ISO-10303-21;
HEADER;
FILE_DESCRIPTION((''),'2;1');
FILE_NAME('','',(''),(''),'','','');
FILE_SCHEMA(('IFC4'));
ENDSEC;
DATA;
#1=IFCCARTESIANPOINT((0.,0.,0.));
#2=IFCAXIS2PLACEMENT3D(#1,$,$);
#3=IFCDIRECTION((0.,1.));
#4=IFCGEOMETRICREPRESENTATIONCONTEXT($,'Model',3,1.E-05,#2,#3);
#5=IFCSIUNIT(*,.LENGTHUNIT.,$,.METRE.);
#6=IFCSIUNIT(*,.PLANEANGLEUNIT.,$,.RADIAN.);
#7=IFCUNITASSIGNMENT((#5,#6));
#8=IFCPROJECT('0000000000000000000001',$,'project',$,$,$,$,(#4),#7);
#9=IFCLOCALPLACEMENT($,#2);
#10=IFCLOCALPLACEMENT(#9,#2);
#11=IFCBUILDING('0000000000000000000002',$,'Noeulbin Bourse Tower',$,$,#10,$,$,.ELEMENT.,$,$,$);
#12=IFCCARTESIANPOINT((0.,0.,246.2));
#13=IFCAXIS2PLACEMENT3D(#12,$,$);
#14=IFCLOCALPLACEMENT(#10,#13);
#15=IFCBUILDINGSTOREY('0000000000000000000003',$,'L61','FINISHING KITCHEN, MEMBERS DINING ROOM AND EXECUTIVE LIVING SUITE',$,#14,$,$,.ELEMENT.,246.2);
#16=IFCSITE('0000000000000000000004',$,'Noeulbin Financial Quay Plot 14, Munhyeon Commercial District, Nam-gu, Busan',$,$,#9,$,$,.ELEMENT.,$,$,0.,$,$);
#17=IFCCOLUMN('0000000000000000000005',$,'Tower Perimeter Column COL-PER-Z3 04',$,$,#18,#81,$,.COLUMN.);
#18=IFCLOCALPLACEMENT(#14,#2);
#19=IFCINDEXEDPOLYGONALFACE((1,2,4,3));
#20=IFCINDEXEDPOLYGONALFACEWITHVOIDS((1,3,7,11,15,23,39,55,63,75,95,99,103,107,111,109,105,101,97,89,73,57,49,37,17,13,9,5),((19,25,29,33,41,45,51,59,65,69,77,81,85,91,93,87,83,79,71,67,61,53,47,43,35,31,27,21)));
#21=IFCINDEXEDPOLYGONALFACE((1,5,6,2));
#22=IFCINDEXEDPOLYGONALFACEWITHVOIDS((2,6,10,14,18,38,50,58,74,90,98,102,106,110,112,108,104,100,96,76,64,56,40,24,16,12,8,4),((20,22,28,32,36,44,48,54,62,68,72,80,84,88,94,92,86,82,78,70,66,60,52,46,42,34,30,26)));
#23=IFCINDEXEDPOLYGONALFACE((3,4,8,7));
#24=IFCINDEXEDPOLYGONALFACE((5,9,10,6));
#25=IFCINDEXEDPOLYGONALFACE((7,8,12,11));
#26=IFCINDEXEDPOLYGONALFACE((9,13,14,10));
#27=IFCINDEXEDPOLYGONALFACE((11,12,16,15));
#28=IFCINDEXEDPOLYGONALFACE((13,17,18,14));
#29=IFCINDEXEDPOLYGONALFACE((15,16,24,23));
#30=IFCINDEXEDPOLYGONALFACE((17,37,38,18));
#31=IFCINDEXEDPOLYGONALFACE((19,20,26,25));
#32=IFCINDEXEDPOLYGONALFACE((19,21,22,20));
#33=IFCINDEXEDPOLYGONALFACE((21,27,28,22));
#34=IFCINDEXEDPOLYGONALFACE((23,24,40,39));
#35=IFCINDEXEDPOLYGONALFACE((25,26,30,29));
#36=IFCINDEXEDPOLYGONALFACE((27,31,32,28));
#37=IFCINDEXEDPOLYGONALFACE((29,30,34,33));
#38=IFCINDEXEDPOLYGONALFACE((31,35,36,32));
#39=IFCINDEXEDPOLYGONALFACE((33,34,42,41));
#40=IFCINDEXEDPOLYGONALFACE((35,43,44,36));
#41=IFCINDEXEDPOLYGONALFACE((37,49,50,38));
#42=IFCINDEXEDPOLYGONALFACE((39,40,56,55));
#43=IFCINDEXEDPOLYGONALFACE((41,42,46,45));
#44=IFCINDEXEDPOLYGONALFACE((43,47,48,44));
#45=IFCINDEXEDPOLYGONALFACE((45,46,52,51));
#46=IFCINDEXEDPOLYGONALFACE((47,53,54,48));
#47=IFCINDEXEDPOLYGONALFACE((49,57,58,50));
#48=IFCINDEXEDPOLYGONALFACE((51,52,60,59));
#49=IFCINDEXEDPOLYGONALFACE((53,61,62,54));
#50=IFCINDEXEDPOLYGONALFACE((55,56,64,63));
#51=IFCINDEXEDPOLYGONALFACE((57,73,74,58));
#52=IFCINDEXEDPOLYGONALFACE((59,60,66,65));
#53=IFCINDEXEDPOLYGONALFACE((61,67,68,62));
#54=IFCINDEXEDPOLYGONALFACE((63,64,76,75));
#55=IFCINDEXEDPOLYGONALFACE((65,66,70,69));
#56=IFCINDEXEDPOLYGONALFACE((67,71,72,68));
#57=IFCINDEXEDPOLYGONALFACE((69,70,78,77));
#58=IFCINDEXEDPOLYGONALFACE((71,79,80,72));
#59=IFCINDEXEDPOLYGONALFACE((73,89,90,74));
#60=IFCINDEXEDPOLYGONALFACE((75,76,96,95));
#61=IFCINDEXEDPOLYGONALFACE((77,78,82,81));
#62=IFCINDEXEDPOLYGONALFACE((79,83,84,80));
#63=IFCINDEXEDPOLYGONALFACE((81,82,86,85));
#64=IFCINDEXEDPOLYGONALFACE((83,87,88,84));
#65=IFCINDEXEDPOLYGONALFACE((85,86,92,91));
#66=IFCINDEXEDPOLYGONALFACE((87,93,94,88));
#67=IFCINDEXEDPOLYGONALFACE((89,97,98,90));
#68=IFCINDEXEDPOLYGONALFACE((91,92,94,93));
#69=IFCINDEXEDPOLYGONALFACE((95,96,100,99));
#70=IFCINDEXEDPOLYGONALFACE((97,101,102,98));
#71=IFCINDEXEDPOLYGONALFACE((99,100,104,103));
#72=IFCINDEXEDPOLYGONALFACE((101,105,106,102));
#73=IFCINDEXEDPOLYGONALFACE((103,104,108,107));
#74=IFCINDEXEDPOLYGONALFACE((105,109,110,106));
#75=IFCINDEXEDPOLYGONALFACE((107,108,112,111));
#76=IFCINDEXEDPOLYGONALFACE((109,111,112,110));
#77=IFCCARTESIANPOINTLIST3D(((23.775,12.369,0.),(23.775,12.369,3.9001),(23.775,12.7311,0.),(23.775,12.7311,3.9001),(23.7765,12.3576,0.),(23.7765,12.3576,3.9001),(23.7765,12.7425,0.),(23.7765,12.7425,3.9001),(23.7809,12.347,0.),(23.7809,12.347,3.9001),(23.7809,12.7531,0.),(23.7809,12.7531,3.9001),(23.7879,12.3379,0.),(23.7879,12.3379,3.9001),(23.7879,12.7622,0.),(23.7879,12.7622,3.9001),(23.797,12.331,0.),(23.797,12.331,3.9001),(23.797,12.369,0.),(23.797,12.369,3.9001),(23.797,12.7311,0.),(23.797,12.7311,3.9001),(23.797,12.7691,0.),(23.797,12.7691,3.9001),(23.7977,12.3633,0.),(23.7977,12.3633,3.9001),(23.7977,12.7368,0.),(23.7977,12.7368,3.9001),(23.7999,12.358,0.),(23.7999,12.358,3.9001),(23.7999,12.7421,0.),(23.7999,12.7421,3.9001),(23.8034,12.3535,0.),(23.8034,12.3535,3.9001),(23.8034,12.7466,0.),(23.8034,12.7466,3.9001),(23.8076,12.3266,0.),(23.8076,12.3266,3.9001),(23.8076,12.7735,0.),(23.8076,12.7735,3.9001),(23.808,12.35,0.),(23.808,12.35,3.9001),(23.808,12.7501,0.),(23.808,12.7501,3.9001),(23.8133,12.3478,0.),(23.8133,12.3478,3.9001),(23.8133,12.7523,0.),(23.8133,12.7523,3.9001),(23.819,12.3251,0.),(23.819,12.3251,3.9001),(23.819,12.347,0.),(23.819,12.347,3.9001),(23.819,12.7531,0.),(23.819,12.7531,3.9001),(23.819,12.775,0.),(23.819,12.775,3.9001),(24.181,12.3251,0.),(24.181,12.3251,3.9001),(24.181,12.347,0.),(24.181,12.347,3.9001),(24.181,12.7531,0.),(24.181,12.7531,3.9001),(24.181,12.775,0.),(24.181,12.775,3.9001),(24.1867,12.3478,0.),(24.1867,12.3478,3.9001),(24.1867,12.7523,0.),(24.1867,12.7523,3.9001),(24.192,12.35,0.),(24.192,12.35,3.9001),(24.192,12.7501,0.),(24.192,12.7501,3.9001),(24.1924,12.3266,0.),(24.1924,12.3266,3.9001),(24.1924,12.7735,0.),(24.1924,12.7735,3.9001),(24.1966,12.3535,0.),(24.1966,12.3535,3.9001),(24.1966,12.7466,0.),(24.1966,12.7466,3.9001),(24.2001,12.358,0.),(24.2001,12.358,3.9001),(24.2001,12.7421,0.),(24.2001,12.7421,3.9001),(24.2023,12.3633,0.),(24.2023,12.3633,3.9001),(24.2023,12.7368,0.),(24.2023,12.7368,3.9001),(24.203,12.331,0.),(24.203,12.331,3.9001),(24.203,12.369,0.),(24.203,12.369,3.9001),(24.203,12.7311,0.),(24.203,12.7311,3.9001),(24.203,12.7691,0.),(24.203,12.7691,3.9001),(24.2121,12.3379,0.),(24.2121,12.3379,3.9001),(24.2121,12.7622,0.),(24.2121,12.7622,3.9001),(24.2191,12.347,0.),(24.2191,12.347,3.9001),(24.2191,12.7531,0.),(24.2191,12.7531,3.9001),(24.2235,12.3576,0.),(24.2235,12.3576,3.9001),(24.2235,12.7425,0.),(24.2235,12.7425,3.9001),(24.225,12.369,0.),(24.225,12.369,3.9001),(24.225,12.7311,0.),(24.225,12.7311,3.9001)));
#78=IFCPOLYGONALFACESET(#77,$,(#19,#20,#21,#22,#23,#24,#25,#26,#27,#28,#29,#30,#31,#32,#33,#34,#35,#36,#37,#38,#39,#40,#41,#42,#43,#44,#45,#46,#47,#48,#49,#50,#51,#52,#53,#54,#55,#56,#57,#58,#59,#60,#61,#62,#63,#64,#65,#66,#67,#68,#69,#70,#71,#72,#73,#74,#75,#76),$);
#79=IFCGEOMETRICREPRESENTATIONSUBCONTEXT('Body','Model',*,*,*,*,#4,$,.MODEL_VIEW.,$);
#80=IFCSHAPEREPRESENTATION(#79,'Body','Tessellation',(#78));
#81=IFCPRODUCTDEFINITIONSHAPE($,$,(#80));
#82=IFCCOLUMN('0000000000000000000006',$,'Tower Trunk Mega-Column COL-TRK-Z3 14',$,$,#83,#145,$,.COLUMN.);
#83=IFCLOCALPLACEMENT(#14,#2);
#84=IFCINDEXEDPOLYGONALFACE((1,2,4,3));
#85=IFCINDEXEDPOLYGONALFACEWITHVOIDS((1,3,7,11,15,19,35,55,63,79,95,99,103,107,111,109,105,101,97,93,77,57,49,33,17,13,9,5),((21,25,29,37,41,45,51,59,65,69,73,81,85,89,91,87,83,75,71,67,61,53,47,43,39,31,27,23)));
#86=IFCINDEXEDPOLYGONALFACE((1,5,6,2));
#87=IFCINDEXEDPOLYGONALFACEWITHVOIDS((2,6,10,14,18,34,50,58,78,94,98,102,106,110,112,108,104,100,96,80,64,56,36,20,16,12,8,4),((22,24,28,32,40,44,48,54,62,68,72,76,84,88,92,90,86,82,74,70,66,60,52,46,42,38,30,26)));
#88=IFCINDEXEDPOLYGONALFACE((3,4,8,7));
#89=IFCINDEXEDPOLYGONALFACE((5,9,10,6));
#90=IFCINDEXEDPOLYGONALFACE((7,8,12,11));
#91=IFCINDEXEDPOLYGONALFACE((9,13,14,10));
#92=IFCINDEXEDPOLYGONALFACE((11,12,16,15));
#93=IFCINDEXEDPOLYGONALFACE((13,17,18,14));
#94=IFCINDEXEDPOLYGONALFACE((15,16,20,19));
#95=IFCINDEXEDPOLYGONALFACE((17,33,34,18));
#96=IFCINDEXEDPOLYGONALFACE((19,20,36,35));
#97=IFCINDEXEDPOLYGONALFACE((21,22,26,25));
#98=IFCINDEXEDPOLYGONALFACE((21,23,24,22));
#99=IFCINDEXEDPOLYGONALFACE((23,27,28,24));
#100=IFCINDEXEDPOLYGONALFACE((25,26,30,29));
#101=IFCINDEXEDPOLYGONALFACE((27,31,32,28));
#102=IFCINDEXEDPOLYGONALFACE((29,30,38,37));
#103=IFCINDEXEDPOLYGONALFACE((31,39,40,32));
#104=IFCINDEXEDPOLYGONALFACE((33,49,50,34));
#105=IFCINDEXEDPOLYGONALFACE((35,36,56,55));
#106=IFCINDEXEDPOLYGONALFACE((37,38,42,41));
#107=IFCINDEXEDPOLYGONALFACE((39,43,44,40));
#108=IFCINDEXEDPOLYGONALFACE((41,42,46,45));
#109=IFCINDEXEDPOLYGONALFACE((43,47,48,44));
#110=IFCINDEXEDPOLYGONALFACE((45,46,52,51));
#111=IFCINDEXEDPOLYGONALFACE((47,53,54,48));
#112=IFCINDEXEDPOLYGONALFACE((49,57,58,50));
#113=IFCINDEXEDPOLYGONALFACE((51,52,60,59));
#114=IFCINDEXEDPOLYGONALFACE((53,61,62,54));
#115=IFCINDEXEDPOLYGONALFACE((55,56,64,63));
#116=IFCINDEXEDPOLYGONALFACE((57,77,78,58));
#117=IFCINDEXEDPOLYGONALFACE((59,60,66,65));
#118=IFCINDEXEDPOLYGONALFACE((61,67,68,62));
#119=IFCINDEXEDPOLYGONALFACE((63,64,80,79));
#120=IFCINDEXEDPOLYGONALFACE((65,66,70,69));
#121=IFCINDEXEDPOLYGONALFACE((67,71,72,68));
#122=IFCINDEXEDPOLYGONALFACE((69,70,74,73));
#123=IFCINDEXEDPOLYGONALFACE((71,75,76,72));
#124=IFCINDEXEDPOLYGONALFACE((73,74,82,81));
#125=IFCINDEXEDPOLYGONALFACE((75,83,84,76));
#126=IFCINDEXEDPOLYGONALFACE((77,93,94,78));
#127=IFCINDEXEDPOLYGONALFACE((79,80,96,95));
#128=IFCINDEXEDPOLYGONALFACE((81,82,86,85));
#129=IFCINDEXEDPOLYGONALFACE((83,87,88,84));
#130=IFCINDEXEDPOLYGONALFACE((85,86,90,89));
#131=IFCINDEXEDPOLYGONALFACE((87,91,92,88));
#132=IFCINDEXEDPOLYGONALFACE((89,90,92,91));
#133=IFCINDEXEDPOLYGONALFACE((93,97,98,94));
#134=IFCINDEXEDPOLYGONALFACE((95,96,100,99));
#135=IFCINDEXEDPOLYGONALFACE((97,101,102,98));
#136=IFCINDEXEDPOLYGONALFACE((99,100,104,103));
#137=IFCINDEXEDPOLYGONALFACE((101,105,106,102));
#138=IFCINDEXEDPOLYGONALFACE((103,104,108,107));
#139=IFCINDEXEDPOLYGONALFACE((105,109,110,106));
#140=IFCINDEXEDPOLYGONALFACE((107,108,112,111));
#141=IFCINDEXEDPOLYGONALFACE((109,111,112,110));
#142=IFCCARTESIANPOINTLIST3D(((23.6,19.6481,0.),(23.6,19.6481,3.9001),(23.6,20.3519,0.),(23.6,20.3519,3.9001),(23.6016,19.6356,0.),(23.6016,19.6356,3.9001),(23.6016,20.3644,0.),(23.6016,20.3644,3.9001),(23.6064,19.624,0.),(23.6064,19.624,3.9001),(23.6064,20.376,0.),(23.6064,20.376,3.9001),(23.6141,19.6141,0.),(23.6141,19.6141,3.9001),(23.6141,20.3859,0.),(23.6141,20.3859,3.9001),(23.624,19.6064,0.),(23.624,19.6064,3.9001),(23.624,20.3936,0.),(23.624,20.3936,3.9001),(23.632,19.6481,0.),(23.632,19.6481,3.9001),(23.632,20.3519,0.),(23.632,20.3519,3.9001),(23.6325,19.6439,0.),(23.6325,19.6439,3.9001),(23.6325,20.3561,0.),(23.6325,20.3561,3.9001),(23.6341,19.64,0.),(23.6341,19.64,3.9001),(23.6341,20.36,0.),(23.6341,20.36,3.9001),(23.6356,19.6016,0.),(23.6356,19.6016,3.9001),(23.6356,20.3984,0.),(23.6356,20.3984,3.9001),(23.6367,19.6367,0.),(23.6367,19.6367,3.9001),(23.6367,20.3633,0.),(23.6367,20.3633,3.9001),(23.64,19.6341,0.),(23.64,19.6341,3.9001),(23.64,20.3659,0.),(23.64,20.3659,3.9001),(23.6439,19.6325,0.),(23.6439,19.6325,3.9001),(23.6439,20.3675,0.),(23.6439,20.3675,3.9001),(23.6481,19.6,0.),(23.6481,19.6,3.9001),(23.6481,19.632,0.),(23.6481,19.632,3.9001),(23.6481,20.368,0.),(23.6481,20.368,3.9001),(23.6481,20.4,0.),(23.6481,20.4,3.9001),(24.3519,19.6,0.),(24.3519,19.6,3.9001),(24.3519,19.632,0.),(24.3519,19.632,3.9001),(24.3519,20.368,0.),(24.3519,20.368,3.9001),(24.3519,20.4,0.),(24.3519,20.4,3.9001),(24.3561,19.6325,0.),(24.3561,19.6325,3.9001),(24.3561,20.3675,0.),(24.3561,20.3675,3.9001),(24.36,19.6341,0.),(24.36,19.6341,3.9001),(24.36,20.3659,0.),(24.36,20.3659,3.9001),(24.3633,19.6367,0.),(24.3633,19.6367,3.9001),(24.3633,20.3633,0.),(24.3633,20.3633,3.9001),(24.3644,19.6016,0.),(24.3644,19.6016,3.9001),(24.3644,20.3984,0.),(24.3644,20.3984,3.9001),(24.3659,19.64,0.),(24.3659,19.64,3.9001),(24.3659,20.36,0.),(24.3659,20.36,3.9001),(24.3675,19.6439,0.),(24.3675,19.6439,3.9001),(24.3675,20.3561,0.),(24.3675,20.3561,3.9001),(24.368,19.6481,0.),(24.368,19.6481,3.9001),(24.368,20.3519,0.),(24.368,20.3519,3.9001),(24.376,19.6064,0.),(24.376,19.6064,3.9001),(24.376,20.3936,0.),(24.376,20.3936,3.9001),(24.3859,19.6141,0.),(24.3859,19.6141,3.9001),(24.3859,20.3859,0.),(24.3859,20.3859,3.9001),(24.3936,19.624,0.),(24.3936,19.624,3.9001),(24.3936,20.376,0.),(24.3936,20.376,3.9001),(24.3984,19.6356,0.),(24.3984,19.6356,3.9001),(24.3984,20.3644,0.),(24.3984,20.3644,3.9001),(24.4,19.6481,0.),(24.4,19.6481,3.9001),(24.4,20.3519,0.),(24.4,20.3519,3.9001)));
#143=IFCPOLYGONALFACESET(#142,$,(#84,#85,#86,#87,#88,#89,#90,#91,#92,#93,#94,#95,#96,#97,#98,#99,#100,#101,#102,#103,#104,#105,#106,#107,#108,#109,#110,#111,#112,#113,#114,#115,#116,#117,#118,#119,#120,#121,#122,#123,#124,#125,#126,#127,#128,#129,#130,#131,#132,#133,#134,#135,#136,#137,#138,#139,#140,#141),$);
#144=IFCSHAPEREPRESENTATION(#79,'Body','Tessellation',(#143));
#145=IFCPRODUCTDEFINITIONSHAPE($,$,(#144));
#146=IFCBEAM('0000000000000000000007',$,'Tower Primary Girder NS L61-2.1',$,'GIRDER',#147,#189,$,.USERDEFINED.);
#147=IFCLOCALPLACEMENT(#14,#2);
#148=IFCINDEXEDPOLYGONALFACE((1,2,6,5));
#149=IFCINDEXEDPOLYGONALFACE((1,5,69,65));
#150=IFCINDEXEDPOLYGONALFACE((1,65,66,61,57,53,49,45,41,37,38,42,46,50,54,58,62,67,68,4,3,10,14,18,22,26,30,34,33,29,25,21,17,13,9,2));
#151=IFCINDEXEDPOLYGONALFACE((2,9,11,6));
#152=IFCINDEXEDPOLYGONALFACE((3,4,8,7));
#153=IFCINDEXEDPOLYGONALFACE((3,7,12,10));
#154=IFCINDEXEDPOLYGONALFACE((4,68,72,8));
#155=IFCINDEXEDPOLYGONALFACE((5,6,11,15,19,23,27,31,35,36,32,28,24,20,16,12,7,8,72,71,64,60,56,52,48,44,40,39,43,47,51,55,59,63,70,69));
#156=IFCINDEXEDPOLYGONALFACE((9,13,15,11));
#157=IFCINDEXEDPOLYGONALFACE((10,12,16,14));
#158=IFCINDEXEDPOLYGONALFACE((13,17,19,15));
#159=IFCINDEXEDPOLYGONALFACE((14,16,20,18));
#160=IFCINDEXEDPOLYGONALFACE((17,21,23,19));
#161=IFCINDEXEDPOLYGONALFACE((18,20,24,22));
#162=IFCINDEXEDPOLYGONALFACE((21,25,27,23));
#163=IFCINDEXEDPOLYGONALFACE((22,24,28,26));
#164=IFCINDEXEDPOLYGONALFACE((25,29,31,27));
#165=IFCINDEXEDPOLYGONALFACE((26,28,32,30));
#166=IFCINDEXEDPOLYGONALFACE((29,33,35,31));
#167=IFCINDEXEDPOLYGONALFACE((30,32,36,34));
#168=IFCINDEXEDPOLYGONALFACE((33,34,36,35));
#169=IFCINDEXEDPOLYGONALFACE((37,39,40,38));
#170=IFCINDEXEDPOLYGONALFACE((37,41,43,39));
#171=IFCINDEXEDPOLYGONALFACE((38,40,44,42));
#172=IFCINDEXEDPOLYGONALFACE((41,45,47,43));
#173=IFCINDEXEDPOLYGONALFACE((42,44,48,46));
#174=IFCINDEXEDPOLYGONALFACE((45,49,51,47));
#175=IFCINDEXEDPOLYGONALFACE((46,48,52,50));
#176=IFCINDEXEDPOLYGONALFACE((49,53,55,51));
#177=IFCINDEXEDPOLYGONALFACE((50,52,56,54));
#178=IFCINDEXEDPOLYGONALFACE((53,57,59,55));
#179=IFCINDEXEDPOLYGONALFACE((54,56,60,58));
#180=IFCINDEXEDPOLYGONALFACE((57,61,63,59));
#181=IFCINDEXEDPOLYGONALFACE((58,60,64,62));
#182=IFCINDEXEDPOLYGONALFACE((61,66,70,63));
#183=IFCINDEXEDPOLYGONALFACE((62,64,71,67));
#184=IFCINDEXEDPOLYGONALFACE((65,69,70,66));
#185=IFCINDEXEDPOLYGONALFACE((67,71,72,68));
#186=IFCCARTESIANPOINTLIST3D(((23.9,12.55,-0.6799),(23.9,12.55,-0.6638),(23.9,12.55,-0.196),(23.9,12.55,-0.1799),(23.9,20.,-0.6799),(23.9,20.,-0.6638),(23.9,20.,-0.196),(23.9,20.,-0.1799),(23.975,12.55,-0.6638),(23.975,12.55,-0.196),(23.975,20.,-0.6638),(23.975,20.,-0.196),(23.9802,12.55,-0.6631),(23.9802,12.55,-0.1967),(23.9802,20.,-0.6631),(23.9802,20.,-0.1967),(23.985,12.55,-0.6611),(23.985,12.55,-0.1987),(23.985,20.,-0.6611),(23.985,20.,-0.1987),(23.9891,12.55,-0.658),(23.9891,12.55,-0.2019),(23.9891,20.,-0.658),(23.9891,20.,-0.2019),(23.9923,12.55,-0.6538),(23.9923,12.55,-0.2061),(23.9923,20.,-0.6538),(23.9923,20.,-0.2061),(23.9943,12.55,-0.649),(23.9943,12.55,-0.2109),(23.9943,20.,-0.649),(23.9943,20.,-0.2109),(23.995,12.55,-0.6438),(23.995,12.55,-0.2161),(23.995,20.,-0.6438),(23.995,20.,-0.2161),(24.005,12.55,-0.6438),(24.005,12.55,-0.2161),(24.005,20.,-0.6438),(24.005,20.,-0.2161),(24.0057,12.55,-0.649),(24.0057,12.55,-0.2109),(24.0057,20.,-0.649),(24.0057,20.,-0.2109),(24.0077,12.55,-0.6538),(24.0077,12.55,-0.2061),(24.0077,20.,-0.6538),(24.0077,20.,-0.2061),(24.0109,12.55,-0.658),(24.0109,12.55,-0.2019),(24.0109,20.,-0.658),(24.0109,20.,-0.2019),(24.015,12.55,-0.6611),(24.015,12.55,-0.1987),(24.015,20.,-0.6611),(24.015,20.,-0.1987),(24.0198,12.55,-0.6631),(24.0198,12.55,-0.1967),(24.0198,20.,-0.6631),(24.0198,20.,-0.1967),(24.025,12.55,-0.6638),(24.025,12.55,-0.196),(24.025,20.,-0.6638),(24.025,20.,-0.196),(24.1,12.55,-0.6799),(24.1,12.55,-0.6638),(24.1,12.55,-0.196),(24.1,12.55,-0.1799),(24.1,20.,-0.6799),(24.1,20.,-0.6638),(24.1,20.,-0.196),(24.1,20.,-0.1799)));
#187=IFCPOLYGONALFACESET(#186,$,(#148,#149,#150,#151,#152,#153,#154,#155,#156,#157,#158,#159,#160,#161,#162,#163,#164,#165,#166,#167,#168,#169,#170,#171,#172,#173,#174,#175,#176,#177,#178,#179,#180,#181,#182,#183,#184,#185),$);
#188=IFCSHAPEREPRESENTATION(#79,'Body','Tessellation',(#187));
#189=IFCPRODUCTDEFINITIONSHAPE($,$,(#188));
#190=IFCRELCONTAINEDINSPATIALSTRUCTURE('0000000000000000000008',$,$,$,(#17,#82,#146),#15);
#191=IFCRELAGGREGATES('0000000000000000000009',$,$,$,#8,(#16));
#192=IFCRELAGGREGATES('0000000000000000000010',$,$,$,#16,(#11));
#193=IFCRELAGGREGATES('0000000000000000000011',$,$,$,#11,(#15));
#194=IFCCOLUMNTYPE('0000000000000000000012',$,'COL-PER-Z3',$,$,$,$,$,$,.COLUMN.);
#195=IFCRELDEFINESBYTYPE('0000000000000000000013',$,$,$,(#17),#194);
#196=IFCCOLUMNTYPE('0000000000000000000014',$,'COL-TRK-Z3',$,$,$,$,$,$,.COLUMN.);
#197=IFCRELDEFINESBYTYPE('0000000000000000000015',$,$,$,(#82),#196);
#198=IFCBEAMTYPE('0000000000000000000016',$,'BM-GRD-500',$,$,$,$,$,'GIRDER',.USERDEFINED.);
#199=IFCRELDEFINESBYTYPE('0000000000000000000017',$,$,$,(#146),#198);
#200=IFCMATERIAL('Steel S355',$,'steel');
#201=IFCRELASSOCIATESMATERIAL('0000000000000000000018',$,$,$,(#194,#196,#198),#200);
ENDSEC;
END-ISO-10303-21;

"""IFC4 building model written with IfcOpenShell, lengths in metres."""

from ifc_helpers import new_model, si_unit, direction, frame, origin, origin_2d, place, context, subcontext, project, spatial, hollow_rectangle, i_section, extrude, material, material_profile, profile_set, type_object, element, save


model = new_model("IFC4")

# Units and contexts
model_context = context("Model", 3, precision=1e-05, world=origin(), true_north=direction((0.0, 1.0)))
body_context = subcontext(model_context, "Body", "Model", "MODEL_VIEW")
ifc_project = project(units=[si_unit("LENGTHUNIT", "METRE"), si_unit("PLANEANGLEUNIT", "RADIAN")], contexts=[model_context])

# Site, building, storey
site_placement = place(None, origin())
site = spatial("IfcSite", under=ifc_project, at=site_placement, Name="Noeulbin Financial Quay Plot 14, Munhyeon Commercial District, Nam-gu, Busan", CompositionType="ELEMENT", RefElevation=0.0)
building_placement = place(site_placement, origin())
building = spatial("IfcBuilding", under=site, at=building_placement, Name="Noeulbin Bourse Tower", CompositionType="ELEMENT")
storey_placement = place(building_placement, frame((0.0, 0.0, 246.2)))
storey = spatial("IfcBuildingStorey", under=building, at=storey_placement, Name="L61", Description="FINISHING KITCHEN, MEMBERS DINING ROOM AND EXECUTIVE LIVING SUITE", CompositionType="ELEMENT", Elevation=246.2)

# Columns
ifc_material_1 = material(Name="Steel S355", Category="steel")
ifc_material_profile_1 = material_profile(ifc_material_1, hollow_rectangle(XDim=0.45, YDim=0.45, WallThickness=0.022, InnerFilletRadius=0.022, OuterFilletRadius=0.0439, at=origin_2d()), Name="SHS-450x450x22", Category="LoadBearing")
ifc_profile_set_1 = profile_set([ifc_material_profile_1], Name="Steel S355")
column_type_1 = type_object("IfcColumnType", Name="COL-PER-Z3", PredefinedType="COLUMN", material=ifc_profile_set_1)
column_1_placement = place(storey_placement, frame((24.0, 12.55, 0.0), z_axis=(0.0, 0.0, 1.0), x_axis=(1.0, 0.0, 0.0)))
element("IfcColumn", 1, at=column_1_placement, inside=storey, type_object=column_type_1, Name="Tower Perimeter Column COL-PER-Z3 04", PredefinedType="COLUMN", context=body_context, shape_type="SweptSolid", body=[
    extrude(hollow_rectangle(XDim=0.45, YDim=0.45, WallThickness=0.022, InnerFilletRadius=0.022, OuterFilletRadius=0.0439, at=origin_2d()), origin(), (0.0, 0.0, 1.0), 3.9001),
])
ifc_material_profile_2 = material_profile(ifc_material_1, hollow_rectangle(XDim=0.8, YDim=0.8, WallThickness=0.032, InnerFilletRadius=0.0161, OuterFilletRadius=0.0481, at=origin_2d()), Name="BOX-800x800x32", Category="LoadBearing")
ifc_profile_set_2 = profile_set([ifc_material_profile_2], Name="Steel S355")
column_type_2 = type_object("IfcColumnType", Name="COL-TRK-Z3", PredefinedType="COLUMN", material=ifc_profile_set_2)
column_2_placement = place(storey_placement, frame((24.0, 20.0, 0.0), z_axis=(0.0, 0.0, 1.0), x_axis=(1.0, 0.0, 0.0)))
element("IfcColumn", 2, at=column_2_placement, inside=storey, type_object=column_type_2, Name="Tower Trunk Mega-Column COL-TRK-Z3 14", PredefinedType="COLUMN", context=body_context, shape_type="SweptSolid", body=[
    extrude(hollow_rectangle(XDim=0.8, YDim=0.8, WallThickness=0.032, InnerFilletRadius=0.0161, OuterFilletRadius=0.0481, at=origin_2d()), origin(), (0.0, 0.0, 1.0), 3.9001),
])

# Beam
ifc_material_profile_3 = material_profile(ifc_material_1, i_section(OverallWidth=0.2, OverallDepth=0.5, WebThickness=0.01, FlangeThickness=0.0161, FilletRadius=0.02, at=origin_2d()), Name="H-500x200x10x16", Category="LoadBearing")
ifc_profile_set_3 = profile_set([ifc_material_profile_3], Name="Steel S355")
beam_type_1 = type_object("IfcBeamType", Name="BM-GRD-500", ElementType="GIRDER", PredefinedType="USERDEFINED", material=ifc_profile_set_3)
beam_1_placement = place(storey_placement, frame((24.0, 12.55, -0.4299), z_axis=(0.0, 1.0, 0.0), x_axis=(-1.0, 0.0, 0.0)))
element("IfcBeam", 3, at=beam_1_placement, inside=storey, type_object=beam_type_1, Name="Tower Primary Girder NS L61-2.1", ObjectType="GIRDER", PredefinedType="USERDEFINED", context=body_context, shape_type="SweptSolid", body=[
    extrude(i_section(OverallWidth=0.2, OverallDepth=0.5, WebThickness=0.01, FlangeThickness=0.0161, FilletRadius=0.02, at=origin_2d()), origin(), (0.0, 0.0, 1.0), 7.45),
])

save(model, "model.ifc")
